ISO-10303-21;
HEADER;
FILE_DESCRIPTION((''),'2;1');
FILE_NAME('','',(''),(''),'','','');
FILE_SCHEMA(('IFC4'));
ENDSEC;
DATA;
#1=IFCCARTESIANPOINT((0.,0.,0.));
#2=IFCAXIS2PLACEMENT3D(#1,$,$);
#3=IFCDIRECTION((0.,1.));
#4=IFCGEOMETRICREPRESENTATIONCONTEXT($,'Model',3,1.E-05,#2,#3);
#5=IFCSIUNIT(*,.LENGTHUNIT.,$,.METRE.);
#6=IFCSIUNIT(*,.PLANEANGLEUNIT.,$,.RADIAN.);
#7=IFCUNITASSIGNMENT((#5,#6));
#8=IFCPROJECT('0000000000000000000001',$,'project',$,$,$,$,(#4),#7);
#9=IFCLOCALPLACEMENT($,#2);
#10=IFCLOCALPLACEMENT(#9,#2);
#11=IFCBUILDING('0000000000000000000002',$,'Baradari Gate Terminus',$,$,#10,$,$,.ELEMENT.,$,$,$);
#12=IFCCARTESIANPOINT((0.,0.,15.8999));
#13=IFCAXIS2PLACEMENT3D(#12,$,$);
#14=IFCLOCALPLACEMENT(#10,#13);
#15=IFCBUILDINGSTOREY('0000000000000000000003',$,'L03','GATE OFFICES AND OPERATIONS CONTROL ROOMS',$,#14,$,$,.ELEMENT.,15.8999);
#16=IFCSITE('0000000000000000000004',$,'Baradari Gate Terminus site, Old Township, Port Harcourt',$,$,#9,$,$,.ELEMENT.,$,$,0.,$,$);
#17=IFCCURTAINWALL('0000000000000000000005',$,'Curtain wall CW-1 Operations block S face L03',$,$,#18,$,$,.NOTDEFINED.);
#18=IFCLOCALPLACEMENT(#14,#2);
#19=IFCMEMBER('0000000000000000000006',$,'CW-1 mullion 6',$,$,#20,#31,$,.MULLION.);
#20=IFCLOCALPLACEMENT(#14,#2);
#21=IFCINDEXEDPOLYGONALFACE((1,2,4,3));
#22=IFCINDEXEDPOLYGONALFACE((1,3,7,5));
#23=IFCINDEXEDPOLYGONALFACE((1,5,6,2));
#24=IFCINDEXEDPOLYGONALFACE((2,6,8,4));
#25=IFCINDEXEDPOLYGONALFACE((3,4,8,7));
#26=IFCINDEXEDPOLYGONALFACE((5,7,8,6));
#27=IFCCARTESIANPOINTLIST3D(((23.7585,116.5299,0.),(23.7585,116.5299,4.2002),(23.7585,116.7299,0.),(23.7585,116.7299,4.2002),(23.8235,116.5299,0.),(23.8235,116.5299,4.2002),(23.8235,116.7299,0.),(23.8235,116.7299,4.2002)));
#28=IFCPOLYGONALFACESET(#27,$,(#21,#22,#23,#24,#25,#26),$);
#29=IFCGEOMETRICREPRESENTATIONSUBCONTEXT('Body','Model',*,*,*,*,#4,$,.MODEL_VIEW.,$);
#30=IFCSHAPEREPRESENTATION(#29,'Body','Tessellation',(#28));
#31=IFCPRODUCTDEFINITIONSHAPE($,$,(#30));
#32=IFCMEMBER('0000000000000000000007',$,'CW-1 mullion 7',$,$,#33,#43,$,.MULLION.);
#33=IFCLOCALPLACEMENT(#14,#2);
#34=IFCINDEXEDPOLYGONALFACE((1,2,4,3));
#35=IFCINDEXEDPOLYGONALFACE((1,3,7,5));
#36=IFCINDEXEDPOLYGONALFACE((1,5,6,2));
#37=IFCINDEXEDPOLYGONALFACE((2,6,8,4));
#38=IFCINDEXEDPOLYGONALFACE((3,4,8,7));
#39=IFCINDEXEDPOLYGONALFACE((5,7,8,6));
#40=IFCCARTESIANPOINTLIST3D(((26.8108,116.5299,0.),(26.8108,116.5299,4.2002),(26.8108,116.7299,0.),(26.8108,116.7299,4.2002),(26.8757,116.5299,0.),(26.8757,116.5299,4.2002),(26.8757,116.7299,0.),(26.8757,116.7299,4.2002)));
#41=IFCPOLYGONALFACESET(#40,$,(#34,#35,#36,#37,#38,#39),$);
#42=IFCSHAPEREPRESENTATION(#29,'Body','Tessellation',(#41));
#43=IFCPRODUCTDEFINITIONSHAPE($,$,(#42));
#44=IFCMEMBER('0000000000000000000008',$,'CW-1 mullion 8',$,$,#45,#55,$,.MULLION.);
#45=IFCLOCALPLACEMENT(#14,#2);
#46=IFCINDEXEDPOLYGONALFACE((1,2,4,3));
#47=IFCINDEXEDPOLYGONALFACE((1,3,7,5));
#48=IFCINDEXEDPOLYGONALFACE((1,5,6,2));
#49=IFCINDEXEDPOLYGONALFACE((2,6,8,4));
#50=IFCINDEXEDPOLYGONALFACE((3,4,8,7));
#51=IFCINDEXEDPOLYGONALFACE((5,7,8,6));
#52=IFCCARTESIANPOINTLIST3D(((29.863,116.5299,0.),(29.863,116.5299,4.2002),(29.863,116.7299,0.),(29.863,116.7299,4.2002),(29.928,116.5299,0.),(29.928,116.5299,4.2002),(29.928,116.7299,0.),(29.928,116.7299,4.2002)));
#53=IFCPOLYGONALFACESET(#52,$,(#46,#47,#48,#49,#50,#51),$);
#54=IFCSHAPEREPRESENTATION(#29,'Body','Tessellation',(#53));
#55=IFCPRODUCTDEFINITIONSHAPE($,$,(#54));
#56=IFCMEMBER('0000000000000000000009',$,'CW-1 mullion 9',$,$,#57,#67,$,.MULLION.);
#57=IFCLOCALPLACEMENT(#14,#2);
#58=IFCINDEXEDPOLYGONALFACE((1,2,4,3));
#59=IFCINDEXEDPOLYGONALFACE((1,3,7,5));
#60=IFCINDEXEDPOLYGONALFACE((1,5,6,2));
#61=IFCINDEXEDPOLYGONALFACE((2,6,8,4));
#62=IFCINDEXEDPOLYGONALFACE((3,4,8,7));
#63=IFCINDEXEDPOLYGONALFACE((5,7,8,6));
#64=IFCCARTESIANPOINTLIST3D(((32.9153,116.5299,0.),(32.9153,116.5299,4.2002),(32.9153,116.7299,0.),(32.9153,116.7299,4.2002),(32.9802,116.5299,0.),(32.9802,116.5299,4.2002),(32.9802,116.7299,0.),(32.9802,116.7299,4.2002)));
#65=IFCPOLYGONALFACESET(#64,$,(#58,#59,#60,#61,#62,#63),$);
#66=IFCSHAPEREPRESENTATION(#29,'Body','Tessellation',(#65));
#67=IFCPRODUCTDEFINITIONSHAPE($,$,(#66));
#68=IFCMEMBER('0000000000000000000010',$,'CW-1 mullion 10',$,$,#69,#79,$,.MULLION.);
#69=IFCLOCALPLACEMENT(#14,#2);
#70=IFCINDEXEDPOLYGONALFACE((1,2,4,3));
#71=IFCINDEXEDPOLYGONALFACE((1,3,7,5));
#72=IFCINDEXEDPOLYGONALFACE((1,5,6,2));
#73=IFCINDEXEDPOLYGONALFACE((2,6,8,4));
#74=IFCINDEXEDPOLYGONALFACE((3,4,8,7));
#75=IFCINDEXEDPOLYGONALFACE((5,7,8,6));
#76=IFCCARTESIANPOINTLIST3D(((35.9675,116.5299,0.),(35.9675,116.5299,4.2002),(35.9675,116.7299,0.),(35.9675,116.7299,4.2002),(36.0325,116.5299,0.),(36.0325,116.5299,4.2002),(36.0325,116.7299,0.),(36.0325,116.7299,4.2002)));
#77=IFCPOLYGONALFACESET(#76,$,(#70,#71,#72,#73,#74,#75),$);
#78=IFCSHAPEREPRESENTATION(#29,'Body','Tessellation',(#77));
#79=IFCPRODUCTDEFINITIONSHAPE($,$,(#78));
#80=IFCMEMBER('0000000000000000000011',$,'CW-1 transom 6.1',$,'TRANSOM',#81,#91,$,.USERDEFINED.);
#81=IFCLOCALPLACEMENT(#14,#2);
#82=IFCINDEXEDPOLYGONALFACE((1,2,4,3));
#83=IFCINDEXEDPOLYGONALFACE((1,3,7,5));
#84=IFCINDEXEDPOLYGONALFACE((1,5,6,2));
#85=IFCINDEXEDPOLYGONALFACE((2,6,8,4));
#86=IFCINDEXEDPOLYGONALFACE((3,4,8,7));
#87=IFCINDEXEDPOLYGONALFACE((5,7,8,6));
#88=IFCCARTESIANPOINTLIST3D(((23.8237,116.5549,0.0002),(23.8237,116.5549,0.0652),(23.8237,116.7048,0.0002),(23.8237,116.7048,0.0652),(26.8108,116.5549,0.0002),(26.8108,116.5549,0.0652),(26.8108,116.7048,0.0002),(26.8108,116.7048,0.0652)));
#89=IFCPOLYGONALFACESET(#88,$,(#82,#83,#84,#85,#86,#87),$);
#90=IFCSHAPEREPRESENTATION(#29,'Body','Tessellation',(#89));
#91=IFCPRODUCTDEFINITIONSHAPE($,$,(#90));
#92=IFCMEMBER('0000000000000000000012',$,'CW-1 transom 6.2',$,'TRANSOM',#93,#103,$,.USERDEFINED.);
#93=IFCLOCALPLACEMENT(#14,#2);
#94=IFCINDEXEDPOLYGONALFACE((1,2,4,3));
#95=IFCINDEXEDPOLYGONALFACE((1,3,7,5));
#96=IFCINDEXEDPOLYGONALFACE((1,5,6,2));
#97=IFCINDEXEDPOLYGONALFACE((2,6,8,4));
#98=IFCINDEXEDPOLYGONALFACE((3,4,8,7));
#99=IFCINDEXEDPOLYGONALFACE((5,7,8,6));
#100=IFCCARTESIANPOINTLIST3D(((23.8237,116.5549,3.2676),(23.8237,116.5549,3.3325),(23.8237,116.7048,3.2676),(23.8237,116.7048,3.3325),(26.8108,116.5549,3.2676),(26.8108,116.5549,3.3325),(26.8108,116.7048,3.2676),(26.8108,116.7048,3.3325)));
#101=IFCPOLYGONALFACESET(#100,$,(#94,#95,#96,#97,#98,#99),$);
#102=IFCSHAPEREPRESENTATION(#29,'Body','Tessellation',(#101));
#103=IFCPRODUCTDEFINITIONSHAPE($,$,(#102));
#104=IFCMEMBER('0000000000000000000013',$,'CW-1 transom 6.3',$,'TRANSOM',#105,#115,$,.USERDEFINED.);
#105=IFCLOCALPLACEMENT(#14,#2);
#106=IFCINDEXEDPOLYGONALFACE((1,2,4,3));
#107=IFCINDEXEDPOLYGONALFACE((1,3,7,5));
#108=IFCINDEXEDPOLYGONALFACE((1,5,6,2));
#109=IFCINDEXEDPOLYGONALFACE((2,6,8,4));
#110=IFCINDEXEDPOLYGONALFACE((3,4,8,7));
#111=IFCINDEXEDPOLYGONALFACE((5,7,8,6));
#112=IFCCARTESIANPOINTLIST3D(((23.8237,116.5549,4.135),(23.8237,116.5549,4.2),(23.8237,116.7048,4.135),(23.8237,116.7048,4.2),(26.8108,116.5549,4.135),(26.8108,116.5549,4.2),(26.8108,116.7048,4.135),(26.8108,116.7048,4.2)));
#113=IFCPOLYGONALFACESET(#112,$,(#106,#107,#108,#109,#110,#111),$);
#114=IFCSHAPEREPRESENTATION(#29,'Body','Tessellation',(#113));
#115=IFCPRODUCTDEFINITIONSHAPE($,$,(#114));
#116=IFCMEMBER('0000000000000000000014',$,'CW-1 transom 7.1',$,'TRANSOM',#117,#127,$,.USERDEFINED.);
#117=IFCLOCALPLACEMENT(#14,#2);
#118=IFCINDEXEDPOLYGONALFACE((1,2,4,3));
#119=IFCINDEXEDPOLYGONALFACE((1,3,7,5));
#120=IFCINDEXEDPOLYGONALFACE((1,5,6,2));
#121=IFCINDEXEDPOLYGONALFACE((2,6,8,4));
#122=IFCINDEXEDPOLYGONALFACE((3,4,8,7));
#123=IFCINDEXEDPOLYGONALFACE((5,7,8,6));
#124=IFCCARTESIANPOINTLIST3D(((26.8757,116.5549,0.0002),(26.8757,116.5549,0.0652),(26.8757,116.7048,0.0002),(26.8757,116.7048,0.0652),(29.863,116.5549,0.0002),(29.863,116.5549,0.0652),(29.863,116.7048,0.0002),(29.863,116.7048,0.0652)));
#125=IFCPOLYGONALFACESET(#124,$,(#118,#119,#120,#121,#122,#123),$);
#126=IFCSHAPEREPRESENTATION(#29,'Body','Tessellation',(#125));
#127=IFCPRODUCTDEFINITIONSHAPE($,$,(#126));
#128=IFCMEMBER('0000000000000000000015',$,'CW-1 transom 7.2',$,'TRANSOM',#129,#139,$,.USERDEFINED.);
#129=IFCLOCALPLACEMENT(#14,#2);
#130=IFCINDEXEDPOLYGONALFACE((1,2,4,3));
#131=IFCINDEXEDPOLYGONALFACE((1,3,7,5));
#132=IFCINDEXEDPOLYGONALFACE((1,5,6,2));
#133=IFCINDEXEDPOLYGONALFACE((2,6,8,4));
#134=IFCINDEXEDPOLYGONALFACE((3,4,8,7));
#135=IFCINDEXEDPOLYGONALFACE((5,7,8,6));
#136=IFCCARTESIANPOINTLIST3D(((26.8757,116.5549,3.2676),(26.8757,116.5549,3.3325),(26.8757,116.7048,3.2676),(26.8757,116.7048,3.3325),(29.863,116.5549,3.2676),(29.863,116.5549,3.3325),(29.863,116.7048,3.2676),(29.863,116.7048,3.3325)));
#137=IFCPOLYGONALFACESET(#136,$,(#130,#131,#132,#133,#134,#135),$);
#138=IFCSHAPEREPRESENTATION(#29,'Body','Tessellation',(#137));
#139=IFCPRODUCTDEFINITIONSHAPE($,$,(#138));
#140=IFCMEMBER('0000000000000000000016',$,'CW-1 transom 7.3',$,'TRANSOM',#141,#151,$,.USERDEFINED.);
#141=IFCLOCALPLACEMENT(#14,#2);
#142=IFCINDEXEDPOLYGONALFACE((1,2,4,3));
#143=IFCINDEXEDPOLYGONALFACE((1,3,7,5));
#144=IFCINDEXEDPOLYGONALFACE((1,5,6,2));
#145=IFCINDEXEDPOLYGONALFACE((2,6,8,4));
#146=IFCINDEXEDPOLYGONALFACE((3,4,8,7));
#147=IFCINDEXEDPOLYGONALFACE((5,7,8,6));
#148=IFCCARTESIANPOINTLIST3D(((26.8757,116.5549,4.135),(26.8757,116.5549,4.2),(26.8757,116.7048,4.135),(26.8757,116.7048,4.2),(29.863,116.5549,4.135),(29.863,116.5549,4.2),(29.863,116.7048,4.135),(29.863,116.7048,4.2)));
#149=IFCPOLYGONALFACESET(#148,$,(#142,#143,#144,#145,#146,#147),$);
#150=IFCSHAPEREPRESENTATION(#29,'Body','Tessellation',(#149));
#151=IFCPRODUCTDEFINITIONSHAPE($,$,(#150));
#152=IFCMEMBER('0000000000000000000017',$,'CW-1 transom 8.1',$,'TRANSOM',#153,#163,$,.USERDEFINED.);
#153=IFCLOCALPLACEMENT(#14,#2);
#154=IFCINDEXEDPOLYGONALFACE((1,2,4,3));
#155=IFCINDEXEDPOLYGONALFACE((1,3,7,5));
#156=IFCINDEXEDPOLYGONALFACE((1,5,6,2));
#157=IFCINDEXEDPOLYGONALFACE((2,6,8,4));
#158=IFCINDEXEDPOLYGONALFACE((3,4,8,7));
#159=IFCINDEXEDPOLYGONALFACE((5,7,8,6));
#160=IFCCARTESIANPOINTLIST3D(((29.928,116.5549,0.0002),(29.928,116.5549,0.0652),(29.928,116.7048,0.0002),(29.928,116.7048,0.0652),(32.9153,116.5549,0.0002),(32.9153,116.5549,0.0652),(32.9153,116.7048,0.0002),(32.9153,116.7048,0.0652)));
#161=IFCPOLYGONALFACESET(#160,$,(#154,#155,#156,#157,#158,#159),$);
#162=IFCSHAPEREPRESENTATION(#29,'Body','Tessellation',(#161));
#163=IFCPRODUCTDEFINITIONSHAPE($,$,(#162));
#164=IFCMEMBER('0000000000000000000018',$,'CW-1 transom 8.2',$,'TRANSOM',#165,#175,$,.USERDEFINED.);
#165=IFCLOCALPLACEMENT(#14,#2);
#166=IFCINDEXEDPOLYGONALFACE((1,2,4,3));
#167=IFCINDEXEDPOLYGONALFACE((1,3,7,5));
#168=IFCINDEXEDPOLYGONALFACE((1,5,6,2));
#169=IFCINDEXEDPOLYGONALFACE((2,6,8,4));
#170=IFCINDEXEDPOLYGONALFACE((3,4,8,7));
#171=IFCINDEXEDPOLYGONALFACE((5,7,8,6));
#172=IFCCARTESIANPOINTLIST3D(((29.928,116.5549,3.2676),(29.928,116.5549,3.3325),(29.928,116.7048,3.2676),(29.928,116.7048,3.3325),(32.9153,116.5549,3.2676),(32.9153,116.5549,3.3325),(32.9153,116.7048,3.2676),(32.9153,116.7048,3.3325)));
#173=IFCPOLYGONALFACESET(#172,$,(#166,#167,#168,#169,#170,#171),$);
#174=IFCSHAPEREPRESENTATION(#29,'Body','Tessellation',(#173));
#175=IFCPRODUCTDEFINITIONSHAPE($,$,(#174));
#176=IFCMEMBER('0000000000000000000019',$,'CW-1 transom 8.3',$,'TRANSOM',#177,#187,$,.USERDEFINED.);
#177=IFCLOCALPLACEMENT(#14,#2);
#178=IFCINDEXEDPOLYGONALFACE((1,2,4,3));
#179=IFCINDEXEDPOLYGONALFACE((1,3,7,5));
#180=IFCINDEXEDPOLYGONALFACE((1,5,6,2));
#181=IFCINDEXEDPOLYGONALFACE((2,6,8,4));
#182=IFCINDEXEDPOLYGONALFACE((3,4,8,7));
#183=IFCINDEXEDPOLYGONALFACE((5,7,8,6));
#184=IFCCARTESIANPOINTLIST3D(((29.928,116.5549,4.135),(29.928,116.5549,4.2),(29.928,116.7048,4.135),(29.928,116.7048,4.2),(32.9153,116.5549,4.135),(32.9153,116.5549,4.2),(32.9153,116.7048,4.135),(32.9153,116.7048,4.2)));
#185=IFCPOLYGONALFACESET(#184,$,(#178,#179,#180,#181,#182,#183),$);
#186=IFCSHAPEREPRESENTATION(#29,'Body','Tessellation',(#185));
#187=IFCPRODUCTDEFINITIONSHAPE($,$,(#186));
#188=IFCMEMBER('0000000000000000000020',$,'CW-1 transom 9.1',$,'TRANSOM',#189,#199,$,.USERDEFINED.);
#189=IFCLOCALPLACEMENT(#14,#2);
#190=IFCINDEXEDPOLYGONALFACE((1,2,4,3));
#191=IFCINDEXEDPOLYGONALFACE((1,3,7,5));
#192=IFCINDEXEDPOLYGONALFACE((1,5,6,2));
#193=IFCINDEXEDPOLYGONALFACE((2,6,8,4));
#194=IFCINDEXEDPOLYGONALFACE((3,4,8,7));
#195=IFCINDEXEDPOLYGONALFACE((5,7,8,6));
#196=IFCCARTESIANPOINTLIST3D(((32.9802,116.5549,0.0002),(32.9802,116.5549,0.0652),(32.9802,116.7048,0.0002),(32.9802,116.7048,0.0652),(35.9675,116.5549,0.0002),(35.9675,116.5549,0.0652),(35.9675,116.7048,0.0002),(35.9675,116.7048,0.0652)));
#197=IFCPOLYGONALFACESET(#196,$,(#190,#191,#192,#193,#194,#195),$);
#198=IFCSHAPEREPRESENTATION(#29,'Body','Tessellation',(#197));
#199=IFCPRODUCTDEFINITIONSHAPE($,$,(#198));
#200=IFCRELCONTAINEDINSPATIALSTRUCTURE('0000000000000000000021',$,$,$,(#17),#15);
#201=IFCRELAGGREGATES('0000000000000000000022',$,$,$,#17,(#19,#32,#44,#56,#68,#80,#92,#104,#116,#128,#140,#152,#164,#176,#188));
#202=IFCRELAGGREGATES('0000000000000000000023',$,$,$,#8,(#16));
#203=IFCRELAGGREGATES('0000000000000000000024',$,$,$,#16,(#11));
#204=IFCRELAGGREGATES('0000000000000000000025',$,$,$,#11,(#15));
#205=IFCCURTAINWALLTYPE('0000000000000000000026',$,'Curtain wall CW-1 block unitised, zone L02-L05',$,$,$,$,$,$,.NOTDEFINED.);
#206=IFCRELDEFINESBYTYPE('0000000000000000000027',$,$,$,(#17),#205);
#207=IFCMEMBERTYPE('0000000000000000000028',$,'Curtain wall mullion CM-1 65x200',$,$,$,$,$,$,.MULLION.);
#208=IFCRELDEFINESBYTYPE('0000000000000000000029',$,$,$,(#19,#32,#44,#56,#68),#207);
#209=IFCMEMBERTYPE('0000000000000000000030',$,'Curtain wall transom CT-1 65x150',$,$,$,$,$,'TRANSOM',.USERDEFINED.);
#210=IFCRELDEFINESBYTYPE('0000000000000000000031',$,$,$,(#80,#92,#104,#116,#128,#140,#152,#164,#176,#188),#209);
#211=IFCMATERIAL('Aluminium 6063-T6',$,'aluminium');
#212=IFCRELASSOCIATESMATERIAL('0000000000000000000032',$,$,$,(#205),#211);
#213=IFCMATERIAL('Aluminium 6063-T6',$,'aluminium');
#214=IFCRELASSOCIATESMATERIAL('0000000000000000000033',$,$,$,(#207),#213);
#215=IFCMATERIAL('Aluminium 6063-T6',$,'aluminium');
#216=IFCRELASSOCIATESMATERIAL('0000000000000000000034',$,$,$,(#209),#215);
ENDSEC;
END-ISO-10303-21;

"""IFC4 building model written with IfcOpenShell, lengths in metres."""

from ifc_helpers import new_model, si_unit, direction, frame, origin, origin_2d, place, context, subcontext, project, spatial, rectangle, extrude, material, material_profile, profile_set, type_object, element, aggregate, save


model = new_model("IFC4")

# Units and contexts
model_context = context("Model", 3, precision=1e-05, world=origin(), true_north=direction((0.0, 1.0)))
body_context = subcontext(model_context, "Body", "Model", "MODEL_VIEW")
ifc_project = project(units=[si_unit("LENGTHUNIT", "METRE"), si_unit("PLANEANGLEUNIT", "RADIAN")], contexts=[model_context])

# Site, building, storey
site_placement = place(None, origin())
site = spatial("IfcSite", under=ifc_project, at=site_placement, Name="Baradari Gate Terminus site, Old Township, Port Harcourt", CompositionType="ELEMENT", RefElevation=0.0)
building_placement = place(site_placement, origin())
building = spatial("IfcBuilding", under=site, at=building_placement, Name="Baradari Gate Terminus", CompositionType="ELEMENT")
storey_placement = place(building_placement, frame((0.0, 0.0, 15.8999)))
storey = spatial("IfcBuildingStorey", under=building, at=storey_placement, Name="L03", Description="GATE OFFICES AND OPERATIONS CONTROL ROOMS", CompositionType="ELEMENT", Elevation=15.8999)

# Curtain wall, members
ifc_material_1 = material(Name="Aluminium 6063-T6", Category="aluminium")
curtain_wall_type = type_object("IfcCurtainWallType", Name="Curtain wall CW-1 block unitised, zone L02-L05", PredefinedType="NOTDEFINED", material=ifc_material_1)
curtain_wall_placement = place(storey_placement, origin())
curtain_wall = element("IfcCurtainWall", 1, at=curtain_wall_placement, inside=storey, type_object=curtain_wall_type, Name="Curtain wall CW-1 Operations block S face L03", PredefinedType="NOTDEFINED")
ifc_material_2 = material(Name="Aluminium 6063-T6", Category="aluminium")
ifc_material_profile_1 = material_profile(ifc_material_2, rectangle(XDim=0.2, YDim=0.0649, at=origin_2d()), Name="CM-1 65X200")
ifc_profile_set_1 = profile_set([ifc_material_profile_1], Name="Aluminium 6063-T6")
member_type_1 = type_object("IfcMemberType", Name="Curtain wall mullion CM-1 65x200", PredefinedType="MULLION", material=ifc_profile_set_1)
member_1_placement = place(storey_placement, frame((23.791, 116.6299, 0.0), z_axis=(0.0, 0.0, 1.0), x_axis=(0.0, 1.0, 0.0)))
member_1 = element("IfcMember", 2, at=member_1_placement, type_object=member_type_1, Name="CW-1 mullion 6", PredefinedType="MULLION", context=body_context, shape_type="SweptSolid", body=[
    extrude(rectangle(XDim=0.2, YDim=0.0649, at=origin_2d()), origin(), (0.0, 0.0, 1.0), 4.2002),
])
member_2_placement = place(storey_placement, frame((26.8433, 116.6299, 0.0), z_axis=(0.0, 0.0, 1.0), x_axis=(0.0, 1.0, 0.0)))
member_2 = element("IfcMember", 3, at=member_2_placement, type_object=member_type_1, Name="CW-1 mullion 7", PredefinedType="MULLION", context=body_context, shape_type="SweptSolid", body=[
    extrude(rectangle(XDim=0.2, YDim=0.0649, at=origin_2d()), origin(), (0.0, 0.0, 1.0), 4.2002),
])
member_3_placement = place(storey_placement, frame((29.8955, 116.6299, 0.0), z_axis=(0.0, 0.0, 1.0), x_axis=(0.0, 1.0, 0.0)))
member_3 = element("IfcMember", 4, at=member_3_placement, type_object=member_type_1, Name="CW-1 mullion 8", PredefinedType="MULLION", context=body_context, shape_type="SweptSolid", body=[
    extrude(rectangle(XDim=0.2, YDim=0.0649, at=origin_2d()), origin(), (0.0, 0.0, 1.0), 4.2002),
])
member_4_placement = place(storey_placement, frame((32.9478, 116.6299, 0.0), z_axis=(0.0, 0.0, 1.0), x_axis=(0.0, 1.0, 0.0)))
member_4 = element("IfcMember", 5, at=member_4_placement, type_object=member_type_1, Name="CW-1 mullion 9", PredefinedType="MULLION", context=body_context, shape_type="SweptSolid", body=[
    extrude(rectangle(XDim=0.2, YDim=0.0649, at=origin_2d()), origin(), (0.0, 0.0, 1.0), 4.2002),
])
member_5_placement = place(storey_placement, frame((36.0, 116.6299, 0.0), z_axis=(0.0, 0.0, 1.0), x_axis=(0.0, 1.0, 0.0)))
member_5 = element("IfcMember", 6, at=member_5_placement, type_object=member_type_1, Name="CW-1 mullion 10", PredefinedType="MULLION", context=body_context, shape_type="SweptSolid", body=[
    extrude(rectangle(XDim=0.2, YDim=0.0649, at=origin_2d()), origin(), (0.0, 0.0, 1.0), 4.2002),
])
ifc_material_3 = material(Name="Aluminium 6063-T6", Category="aluminium")
ifc_material_profile_2 = material_profile(ifc_material_3, rectangle(XDim=0.1499, YDim=0.0649, at=origin_2d()), Name="CT-1 65X150")
ifc_profile_set_2 = profile_set([ifc_material_profile_2], Name="Aluminium 6063-T6")
member_type_2 = type_object("IfcMemberType", Name="Curtain wall transom CT-1 65x150", ElementType="TRANSOM", PredefinedType="USERDEFINED", material=ifc_profile_set_2)
member_6_placement = place(storey_placement, frame((23.8237, 116.6299, 0.0327), z_axis=(1.0, 0.0, 0.0), x_axis=(0.0, 1.0, 0.0)))
member_6 = element("IfcMember", 7, at=member_6_placement, type_object=member_type_2, Name="CW-1 transom 6.1", ObjectType="TRANSOM", PredefinedType="USERDEFINED", context=body_context, shape_type="SweptSolid", body=[
    extrude(rectangle(XDim=0.1499, YDim=0.0649, at=origin_2d()), origin(), (0.0, 0.0, 1.0), 2.9871),
])
member_7_placement = place(storey_placement, frame((23.8237, 116.6299, 3.3), z_axis=(1.0, 0.0, 0.0), x_axis=(0.0, 1.0, 0.0)))
member_7 = element("IfcMember", 8, at=member_7_placement, type_object=member_type_2, Name="CW-1 transom 6.2", ObjectType="TRANSOM", PredefinedType="USERDEFINED", context=body_context, shape_type="SweptSolid", body=[
    extrude(rectangle(XDim=0.1499, YDim=0.0649, at=origin_2d()), origin(), (0.0, 0.0, 1.0), 2.9871),
])
member_8_placement = place(storey_placement, frame((23.8237, 116.6299, 4.1675), z_axis=(1.0, 0.0, 0.0), x_axis=(0.0, 1.0, 0.0)))
member_8 = element("IfcMember", 9, at=member_8_placement, type_object=member_type_2, Name="CW-1 transom 6.3", ObjectType="TRANSOM", PredefinedType="USERDEFINED", context=body_context, shape_type="SweptSolid", body=[
    extrude(rectangle(XDim=0.1499, YDim=0.0649, at=origin_2d()), origin(), (0.0, 0.0, 1.0), 2.9871),
])
member_9_placement = place(storey_placement, frame((26.8757, 116.6299, 0.0327), z_axis=(1.0, 0.0, 0.0), x_axis=(0.0, 1.0, 0.0)))
member_9 = element("IfcMember", 10, at=member_9_placement, type_object=member_type_2, Name="CW-1 transom 7.1", ObjectType="TRANSOM", PredefinedType="USERDEFINED", context=body_context, shape_type="SweptSolid", body=[
    extrude(rectangle(XDim=0.1499, YDim=0.0649, at=origin_2d()), origin(), (0.0, 0.0, 1.0), 2.9873),
])
member_10_placement = place(storey_placement, frame((26.8757, 116.6299, 3.3), z_axis=(1.0, 0.0, 0.0), x_axis=(0.0, 1.0, 0.0)))
member_10 = element("IfcMember", 11, at=member_10_placement, type_object=member_type_2, Name="CW-1 transom 7.2", ObjectType="TRANSOM", PredefinedType="USERDEFINED", context=body_context, shape_type="SweptSolid", body=[
    extrude(rectangle(XDim=0.1499, YDim=0.0649, at=origin_2d()), origin(), (0.0, 0.0, 1.0), 2.9873),
])
member_11_placement = place(storey_placement, frame((26.8757, 116.6299, 4.1675), z_axis=(1.0, 0.0, 0.0), x_axis=(0.0, 1.0, 0.0)))
member_11 = element("IfcMember", 12, at=member_11_placement, type_object=member_type_2, Name="CW-1 transom 7.3", ObjectType="TRANSOM", PredefinedType="USERDEFINED", context=body_context, shape_type="SweptSolid", body=[
    extrude(rectangle(XDim=0.1499, YDim=0.0649, at=origin_2d()), origin(), (0.0, 0.0, 1.0), 2.9873),
])
member_12_placement = place(storey_placement, frame((29.928, 116.6299, 0.0327), z_axis=(1.0, 0.0, 0.0), x_axis=(0.0, 1.0, 0.0)))
member_12 = element("IfcMember", 13, at=member_12_placement, type_object=member_type_2, Name="CW-1 transom 8.1", ObjectType="TRANSOM", PredefinedType="USERDEFINED", context=body_context, shape_type="SweptSolid", body=[
    extrude(rectangle(XDim=0.1499, YDim=0.0649, at=origin_2d()), origin(), (0.0, 0.0, 1.0), 2.9873),
])
member_13_placement = place(storey_placement, frame((29.928, 116.6299, 3.3), z_axis=(1.0, 0.0, 0.0), x_axis=(0.0, 1.0, 0.0)))
member_13 = element("IfcMember", 14, at=member_13_placement, type_object=member_type_2, Name="CW-1 transom 8.2", ObjectType="TRANSOM", PredefinedType="USERDEFINED", context=body_context, shape_type="SweptSolid", body=[
    extrude(rectangle(XDim=0.1499, YDim=0.0649, at=origin_2d()), origin(), (0.0, 0.0, 1.0), 2.9873),
])
member_14_placement = place(storey_placement, frame((29.928, 116.6299, 4.1675), z_axis=(1.0, 0.0, 0.0), x_axis=(0.0, 1.0, 0.0)))
member_14 = element("IfcMember", 15, at=member_14_placement, type_object=member_type_2, Name="CW-1 transom 8.3", ObjectType="TRANSOM", PredefinedType="USERDEFINED", context=body_context, shape_type="SweptSolid", body=[
    extrude(rectangle(XDim=0.1499, YDim=0.0649, at=origin_2d()), origin(), (0.0, 0.0, 1.0), 2.9873),
])
member_15_placement = place(storey_placement, frame((32.9802, 116.6299, 0.0327), z_axis=(1.0, 0.0, 0.0), x_axis=(0.0, 1.0, 0.0)))
member_15 = element("IfcMember", 16, at=member_15_placement, type_object=member_type_2, Name="CW-1 transom 9.1", ObjectType="TRANSOM", PredefinedType="USERDEFINED", context=body_context, shape_type="SweptSolid", body=[
    extrude(rectangle(XDim=0.1499, YDim=0.0649, at=origin_2d()), origin(), (0.0, 0.0, 1.0), 2.9873),
])
aggregate(curtain_wall, [member_1, member_2, member_3, member_4, member_5, member_6, member_7, member_8, member_9, member_10, member_11, member_12, member_13, member_14, member_15])

save(model, "model.ifc")
